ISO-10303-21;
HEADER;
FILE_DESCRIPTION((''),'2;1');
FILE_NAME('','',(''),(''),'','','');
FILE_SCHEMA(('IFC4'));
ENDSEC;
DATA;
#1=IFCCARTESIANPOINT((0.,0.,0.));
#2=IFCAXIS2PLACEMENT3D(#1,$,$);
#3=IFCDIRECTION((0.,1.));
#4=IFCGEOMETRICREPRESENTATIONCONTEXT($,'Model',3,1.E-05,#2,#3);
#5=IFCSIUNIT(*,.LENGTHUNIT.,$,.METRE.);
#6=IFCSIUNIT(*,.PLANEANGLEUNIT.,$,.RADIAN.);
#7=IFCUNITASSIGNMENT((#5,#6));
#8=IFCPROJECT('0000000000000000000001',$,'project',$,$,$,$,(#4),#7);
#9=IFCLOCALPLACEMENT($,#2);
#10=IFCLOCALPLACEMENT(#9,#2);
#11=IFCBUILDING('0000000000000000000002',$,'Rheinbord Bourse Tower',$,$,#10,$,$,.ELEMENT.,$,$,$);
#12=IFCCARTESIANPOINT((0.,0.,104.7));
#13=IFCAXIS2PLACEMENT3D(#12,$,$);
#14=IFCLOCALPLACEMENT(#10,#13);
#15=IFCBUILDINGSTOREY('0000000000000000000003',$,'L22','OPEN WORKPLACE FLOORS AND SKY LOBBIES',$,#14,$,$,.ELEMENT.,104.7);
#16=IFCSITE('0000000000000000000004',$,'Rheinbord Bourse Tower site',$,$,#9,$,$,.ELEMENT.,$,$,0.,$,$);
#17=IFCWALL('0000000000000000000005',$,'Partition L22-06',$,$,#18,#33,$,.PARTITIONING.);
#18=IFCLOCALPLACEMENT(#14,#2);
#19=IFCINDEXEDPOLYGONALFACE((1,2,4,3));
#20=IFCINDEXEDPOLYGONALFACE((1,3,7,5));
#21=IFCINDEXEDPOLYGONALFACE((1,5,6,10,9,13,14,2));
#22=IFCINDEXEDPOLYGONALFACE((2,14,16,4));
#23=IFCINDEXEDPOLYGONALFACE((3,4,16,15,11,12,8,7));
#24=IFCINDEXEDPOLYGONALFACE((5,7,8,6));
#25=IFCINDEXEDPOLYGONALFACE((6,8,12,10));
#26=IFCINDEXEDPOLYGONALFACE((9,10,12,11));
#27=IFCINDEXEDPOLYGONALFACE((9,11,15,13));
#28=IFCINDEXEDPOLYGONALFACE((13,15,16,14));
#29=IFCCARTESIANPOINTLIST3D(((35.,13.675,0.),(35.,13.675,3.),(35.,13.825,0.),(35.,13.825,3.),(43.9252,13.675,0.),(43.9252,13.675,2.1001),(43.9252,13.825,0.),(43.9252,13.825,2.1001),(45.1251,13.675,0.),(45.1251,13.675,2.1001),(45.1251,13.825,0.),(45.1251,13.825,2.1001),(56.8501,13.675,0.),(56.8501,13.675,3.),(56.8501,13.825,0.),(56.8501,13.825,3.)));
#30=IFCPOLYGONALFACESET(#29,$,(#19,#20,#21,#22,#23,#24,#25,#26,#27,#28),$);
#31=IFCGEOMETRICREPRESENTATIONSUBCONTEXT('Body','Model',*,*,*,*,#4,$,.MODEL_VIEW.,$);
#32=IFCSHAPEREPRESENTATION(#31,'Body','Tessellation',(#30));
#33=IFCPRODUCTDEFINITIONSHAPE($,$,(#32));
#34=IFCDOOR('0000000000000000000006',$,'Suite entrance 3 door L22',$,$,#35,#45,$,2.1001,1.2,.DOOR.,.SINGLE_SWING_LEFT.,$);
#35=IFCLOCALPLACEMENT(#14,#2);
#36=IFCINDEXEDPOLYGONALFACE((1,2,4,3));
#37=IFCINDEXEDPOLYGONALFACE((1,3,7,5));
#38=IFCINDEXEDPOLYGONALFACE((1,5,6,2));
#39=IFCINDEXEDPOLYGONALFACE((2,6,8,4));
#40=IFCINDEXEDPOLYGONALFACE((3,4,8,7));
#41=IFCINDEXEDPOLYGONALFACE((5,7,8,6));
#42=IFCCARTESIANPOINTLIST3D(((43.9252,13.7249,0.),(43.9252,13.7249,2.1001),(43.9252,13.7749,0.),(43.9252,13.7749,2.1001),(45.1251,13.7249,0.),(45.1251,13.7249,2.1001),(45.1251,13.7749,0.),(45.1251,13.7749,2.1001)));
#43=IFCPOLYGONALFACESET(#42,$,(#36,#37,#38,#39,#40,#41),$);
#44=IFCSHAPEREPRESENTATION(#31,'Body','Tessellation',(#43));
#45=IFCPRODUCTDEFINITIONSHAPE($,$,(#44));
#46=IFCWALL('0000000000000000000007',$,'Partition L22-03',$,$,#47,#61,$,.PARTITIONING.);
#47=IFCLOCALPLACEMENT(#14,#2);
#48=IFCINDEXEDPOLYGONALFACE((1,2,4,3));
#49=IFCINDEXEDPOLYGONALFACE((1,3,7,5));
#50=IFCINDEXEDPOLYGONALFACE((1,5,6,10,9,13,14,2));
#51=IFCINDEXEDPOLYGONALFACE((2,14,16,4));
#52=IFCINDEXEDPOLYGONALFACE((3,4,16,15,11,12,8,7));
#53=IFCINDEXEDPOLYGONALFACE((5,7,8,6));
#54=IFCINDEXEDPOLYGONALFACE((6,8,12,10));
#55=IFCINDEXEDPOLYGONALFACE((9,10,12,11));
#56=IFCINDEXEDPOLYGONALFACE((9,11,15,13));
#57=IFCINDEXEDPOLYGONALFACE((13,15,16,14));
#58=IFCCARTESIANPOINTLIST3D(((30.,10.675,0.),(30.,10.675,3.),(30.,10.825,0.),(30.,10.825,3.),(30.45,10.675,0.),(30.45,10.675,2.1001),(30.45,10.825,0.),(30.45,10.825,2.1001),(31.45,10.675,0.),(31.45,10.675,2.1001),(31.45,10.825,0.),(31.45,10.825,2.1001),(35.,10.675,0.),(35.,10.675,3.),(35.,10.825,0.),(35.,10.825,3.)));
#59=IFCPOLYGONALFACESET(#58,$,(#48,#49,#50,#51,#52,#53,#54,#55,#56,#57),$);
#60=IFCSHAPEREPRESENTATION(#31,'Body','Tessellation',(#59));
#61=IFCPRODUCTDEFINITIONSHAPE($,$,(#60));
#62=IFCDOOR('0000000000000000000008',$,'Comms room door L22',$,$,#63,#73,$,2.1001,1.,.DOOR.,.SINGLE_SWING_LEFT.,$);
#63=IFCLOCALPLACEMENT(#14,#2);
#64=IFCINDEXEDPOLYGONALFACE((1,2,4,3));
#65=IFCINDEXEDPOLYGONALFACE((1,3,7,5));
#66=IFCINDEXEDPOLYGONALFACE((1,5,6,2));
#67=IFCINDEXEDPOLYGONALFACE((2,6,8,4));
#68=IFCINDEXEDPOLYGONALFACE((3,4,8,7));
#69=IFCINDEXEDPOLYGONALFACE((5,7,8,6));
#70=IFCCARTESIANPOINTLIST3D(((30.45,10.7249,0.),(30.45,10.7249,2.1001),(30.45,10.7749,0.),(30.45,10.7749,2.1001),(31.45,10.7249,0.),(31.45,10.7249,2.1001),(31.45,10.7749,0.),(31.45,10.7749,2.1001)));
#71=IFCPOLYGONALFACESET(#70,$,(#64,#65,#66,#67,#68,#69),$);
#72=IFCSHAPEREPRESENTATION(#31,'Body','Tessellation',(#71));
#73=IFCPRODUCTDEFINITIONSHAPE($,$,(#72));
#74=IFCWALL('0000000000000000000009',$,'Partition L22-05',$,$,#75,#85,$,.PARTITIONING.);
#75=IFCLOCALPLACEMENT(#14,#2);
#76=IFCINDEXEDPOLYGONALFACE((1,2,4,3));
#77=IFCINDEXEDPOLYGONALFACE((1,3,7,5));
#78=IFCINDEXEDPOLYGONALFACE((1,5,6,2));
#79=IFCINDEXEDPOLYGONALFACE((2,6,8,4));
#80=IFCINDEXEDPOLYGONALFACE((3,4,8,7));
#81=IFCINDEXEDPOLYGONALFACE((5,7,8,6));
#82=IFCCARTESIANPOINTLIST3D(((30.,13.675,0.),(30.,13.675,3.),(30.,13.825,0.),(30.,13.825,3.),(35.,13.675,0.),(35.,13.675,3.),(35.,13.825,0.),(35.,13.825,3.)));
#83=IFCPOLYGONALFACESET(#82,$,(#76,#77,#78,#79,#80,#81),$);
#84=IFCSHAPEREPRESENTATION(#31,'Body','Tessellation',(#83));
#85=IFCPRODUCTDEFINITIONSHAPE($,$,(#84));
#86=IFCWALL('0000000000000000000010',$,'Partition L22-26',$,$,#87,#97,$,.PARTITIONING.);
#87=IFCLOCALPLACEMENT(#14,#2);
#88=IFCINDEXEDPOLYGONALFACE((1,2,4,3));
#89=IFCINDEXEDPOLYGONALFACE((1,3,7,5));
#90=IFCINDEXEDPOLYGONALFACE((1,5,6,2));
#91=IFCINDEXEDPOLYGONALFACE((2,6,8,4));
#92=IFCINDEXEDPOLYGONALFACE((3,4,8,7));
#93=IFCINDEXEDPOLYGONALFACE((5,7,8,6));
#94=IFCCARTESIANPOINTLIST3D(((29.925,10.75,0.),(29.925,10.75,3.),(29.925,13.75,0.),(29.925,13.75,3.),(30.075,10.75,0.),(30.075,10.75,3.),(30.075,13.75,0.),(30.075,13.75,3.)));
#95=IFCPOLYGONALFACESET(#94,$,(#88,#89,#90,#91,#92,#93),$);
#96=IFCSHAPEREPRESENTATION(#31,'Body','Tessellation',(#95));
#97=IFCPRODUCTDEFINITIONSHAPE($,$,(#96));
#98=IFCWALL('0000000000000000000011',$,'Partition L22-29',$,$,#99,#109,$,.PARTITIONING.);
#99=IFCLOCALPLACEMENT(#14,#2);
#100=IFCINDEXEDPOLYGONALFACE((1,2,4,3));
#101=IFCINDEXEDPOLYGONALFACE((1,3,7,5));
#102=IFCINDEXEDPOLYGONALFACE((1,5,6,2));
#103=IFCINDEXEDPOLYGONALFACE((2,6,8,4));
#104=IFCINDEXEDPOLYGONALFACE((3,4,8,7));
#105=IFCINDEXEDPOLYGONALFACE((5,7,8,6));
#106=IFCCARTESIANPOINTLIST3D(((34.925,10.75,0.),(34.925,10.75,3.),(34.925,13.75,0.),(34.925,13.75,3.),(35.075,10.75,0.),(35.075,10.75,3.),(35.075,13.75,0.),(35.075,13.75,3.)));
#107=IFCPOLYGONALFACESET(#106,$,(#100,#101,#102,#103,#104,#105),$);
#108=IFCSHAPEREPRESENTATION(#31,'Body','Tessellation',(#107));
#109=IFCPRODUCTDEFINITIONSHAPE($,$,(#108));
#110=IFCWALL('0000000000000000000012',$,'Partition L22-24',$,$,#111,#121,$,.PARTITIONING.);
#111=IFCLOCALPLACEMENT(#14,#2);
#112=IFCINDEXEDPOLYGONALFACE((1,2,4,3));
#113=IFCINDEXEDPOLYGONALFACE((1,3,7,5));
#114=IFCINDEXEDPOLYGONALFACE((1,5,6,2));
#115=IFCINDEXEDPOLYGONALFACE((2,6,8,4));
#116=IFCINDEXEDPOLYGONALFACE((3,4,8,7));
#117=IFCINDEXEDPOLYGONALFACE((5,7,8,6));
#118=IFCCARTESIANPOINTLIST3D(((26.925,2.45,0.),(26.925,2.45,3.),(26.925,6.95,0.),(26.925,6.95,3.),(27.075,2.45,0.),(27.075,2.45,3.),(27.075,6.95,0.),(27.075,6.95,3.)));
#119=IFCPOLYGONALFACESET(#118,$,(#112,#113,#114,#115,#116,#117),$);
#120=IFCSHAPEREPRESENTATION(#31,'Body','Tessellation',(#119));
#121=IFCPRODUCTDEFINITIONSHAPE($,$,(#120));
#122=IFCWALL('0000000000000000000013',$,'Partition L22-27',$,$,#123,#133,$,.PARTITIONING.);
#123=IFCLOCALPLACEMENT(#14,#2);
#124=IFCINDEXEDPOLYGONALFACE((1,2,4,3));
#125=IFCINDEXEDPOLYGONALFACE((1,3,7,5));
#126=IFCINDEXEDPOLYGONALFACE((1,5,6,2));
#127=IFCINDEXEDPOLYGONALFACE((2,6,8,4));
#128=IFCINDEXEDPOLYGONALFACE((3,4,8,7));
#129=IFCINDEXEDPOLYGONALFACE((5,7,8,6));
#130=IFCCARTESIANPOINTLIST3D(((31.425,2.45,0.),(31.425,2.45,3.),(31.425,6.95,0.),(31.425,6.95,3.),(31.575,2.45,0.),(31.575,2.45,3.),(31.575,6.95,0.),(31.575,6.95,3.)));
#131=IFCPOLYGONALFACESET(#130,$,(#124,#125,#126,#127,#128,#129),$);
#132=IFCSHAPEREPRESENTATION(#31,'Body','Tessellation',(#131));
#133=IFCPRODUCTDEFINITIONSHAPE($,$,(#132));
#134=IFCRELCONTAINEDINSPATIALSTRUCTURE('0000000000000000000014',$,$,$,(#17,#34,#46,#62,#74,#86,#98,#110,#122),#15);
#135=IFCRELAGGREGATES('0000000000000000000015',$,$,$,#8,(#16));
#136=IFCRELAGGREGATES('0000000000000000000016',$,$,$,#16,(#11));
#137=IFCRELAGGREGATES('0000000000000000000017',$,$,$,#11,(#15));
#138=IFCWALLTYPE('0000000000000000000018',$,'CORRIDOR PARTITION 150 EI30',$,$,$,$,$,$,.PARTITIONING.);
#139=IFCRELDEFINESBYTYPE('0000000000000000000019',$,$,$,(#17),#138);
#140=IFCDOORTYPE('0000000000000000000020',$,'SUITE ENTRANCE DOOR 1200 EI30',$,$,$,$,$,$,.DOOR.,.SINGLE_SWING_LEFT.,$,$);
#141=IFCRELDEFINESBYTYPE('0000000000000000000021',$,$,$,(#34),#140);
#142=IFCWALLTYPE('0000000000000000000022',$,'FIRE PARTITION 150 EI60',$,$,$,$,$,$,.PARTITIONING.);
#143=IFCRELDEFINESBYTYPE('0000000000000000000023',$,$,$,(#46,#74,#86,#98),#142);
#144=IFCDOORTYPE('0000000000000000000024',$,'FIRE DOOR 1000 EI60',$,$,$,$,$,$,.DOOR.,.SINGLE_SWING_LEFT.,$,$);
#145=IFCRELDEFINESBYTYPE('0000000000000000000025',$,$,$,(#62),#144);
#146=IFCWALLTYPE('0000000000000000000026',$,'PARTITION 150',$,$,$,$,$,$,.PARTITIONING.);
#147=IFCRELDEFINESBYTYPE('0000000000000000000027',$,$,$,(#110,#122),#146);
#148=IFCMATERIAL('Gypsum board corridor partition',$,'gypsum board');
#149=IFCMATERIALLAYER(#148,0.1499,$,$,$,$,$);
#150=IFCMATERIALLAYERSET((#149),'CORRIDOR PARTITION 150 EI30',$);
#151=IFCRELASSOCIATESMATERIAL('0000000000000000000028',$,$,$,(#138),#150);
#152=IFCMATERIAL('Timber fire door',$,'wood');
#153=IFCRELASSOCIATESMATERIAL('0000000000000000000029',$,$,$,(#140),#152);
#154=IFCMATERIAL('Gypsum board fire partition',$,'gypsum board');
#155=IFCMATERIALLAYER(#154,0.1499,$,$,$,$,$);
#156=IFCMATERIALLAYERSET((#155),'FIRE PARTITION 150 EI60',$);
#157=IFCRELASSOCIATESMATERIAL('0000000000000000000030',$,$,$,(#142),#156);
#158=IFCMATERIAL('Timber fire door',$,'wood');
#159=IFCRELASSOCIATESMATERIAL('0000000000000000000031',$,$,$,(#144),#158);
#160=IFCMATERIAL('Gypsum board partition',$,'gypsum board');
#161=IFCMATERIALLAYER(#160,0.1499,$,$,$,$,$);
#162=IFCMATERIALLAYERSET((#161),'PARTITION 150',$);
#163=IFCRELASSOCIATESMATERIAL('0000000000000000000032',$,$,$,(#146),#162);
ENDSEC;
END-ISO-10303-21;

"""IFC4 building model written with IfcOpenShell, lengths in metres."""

from ifc_helpers import new_model, si_unit, direction, frame, frame_2d, origin, place, context, subcontext, project, spatial, rectangle, extrude, material, layer, layer_set, type_object, element, fill, save


model = new_model("IFC4")

# Units and contexts
model_context = context("Model", 3, precision=1e-05, world=origin(), true_north=direction((0.0, 1.0)))
body_context = subcontext(model_context, "Body", "Model", "MODEL_VIEW")
ifc_project = project(units=[si_unit("LENGTHUNIT", "METRE"), si_unit("PLANEANGLEUNIT", "RADIAN")], contexts=[model_context])

# Site, building, storey
site_placement = place(None, origin())
site = spatial("IfcSite", under=ifc_project, at=site_placement, Name="Rheinbord Bourse Tower site", CompositionType="ELEMENT", RefElevation=0.0)
building_placement = place(site_placement, origin())
building = spatial("IfcBuilding", under=site, at=building_placement, Name="Rheinbord Bourse Tower", CompositionType="ELEMENT")
storey_placement = place(building_placement, frame((0.0, 0.0, 104.7)))
storey = spatial("IfcBuildingStorey", under=building, at=storey_placement, Name="L22", Description="OPEN WORKPLACE FLOORS AND SKY LOBBIES", CompositionType="ELEMENT", Elevation=104.7)

# Walls, openings, doors
ifc_material_1 = material(Name="Gypsum board corridor partition", Category="gypsum board")
ifc_layer_1 = layer(ifc_material_1, 0.1499)
ifc_layer_set_1 = layer_set([ifc_layer_1], Name="CORRIDOR PARTITION 150 EI30")
wall_type_1 = type_object("IfcWallType", Name="CORRIDOR PARTITION 150 EI30", PredefinedType="PARTITIONING", material=ifc_layer_set_1)
wall_1_placement = place(storey_placement, frame((35.0, 13.75, 0.0), z_axis=(0.0, 0.0, 1.0), x_axis=(1.0, 0.0, 0.0)))
wall_1 = element("IfcWall", 1, at=wall_1_placement, inside=storey, type_object=wall_type_1, Name="Partition L22-06", PredefinedType="PARTITIONING", context=body_context, shape_type="SweptSolid", body=[
    extrude(rectangle(XDim=21.8501, YDim=0.1499, at=frame_2d((10.925, 0.0))), origin(), (0.0, 0.0, 1.0), 3.0),
])
opening_1_placement = place(wall_1_placement, frame((8.925, 0.0, 0.0)))
opening_1 = element("IfcOpeningElement", 2, at=opening_1_placement, cuts=wall_1, PredefinedType="OPENING", context=body_context, shape_type="SweptSolid", body=[
    extrude(rectangle(XDim=1.2, YDim=2.1001, at=frame_2d((0.6001, 1.05))), frame((0.0, 0.085, 0.0), z_axis=(0.0, -1.0, 0.0), x_axis=(1.0, 0.0, 0.0)), (0.0, 0.0, 1.0), 0.1699),
])
ifc_material_2 = material(Name="Timber fire door", Category="wood")
door_type_1 = type_object("IfcDoorType", Name="SUITE ENTRANCE DOOR 1200 EI30", OperationType="SINGLE_SWING_LEFT", PredefinedType="DOOR", material=ifc_material_2)
door_1_placement = place(opening_1_placement, origin())
door_1 = element("IfcDoor", 3, at=door_1_placement, inside=storey, type_object=door_type_1, Name="Suite entrance 3 door L22", OperationType="SINGLE_SWING_LEFT", OverallHeight=2.1001, OverallWidth=1.2, PredefinedType="DOOR", context=body_context, shape_type="SweptSolid", body=[
    extrude(rectangle(XDim=1.2, YDim=2.1001, at=frame_2d((0.6001, 1.05))), frame((0.0, 0.0249, 0.0), z_axis=(0.0, -1.0, 0.0), x_axis=(1.0, 0.0, 0.0)), (0.0, 0.0, 1.0), 0.05),
])
fill(opening_1, door_1)
ifc_material_3 = material(Name="Gypsum board fire partition", Category="gypsum board")
ifc_layer_2 = layer(ifc_material_3, 0.1499)
ifc_layer_set_2 = layer_set([ifc_layer_2], Name="FIRE PARTITION 150 EI60")
wall_type_2 = type_object("IfcWallType", Name="FIRE PARTITION 150 EI60", PredefinedType="PARTITIONING", material=ifc_layer_set_2)
wall_2_placement = place(storey_placement, frame((30.0, 10.75, 0.0), z_axis=(0.0, 0.0, 1.0), x_axis=(1.0, 0.0, 0.0)))
wall_2 = element("IfcWall", 4, at=wall_2_placement, inside=storey, type_object=wall_type_2, Name="Partition L22-03", PredefinedType="PARTITIONING", context=body_context, shape_type="SweptSolid", body=[
    extrude(rectangle(XDim=5.0, YDim=0.1499, at=frame_2d((2.5, 0.0))), origin(), (0.0, 0.0, 1.0), 3.0),
])
opening_2_placement = place(wall_2_placement, frame((0.45, 0.0, 0.0)))
opening_2 = element("IfcOpeningElement", 5, at=opening_2_placement, cuts=wall_2, PredefinedType="OPENING", context=body_context, shape_type="SweptSolid", body=[
    extrude(rectangle(XDim=1.0, YDim=2.1001, at=frame_2d((0.5, 1.05))), frame((0.0, 0.085, 0.0), z_axis=(0.0, -1.0, 0.0), x_axis=(1.0, 0.0, 0.0)), (0.0, 0.0, 1.0), 0.1699),
])
ifc_material_4 = material(Name="Timber fire door", Category="wood")
door_type_2 = type_object("IfcDoorType", Name="FIRE DOOR 1000 EI60", OperationType="SINGLE_SWING_LEFT", PredefinedType="DOOR", material=ifc_material_4)
door_2_placement = place(opening_2_placement, origin())
door_2 = element("IfcDoor", 6, at=door_2_placement, inside=storey, type_object=door_type_2, Name="Comms room door L22", OperationType="SINGLE_SWING_LEFT", OverallHeight=2.1001, OverallWidth=1.0, PredefinedType="DOOR", context=body_context, shape_type="SweptSolid", body=[
    extrude(rectangle(XDim=1.0, YDim=2.1001, at=frame_2d((0.5, 1.05))), frame((0.0, 0.0249, 0.0), z_axis=(0.0, -1.0, 0.0), x_axis=(1.0, 0.0, 0.0)), (0.0, 0.0, 1.0), 0.05),
])
fill(opening_2, door_2)

# Walls
wall_3_placement = place(storey_placement, frame((30.0, 13.75, 0.0), z_axis=(0.0, 0.0, 1.0), x_axis=(1.0, 0.0, 0.0)))
element("IfcWall", 7, at=wall_3_placement, inside=storey, type_object=wall_type_2, Name="Partition L22-05", PredefinedType="PARTITIONING", context=body_context, shape_type="SweptSolid", body=[
    extrude(rectangle(XDim=5.0, YDim=0.1499, at=frame_2d((2.5, 0.0))), origin(), (0.0, 0.0, 1.0), 3.0),
])
for number, where, z_axis, x_axis, name in (
    (8, (30.0, 10.75, 0.0), (0.0, 0.0, 1.0), (0.0, 1.0, 0.0), "Partition L22-26"),
    (9, (35.0, 10.75, 0.0), (0.0, 0.0, 1.0), (0.0, 1.0, 0.0), "Partition L22-29"),
):
    element("IfcWall", number, at=place(storey_placement, frame(where, z_axis=z_axis, x_axis=x_axis)), inside=storey, type_object=wall_type_2, Name=name, PredefinedType="PARTITIONING", context=body_context, shape_type="SweptSolid", body=[
        extrude(rectangle(XDim=3.0, YDim=0.1499, at=frame_2d((1.5, 0.0))), origin(), (0.0, 0.0, 1.0), 3.0),
    ])
ifc_material_5 = material(Name="Gypsum board partition", Category="gypsum board")
ifc_layer_3 = layer(ifc_material_5, 0.1499)
ifc_layer_set_3 = layer_set([ifc_layer_3], Name="PARTITION 150")
wall_type_3 = type_object("IfcWallType", Name="PARTITION 150", PredefinedType="PARTITIONING", material=ifc_layer_set_3)
for number, where, z_axis, x_axis, name in (
    (10, (27.0, 2.45, 0.0), (0.0, 0.0, 1.0), (0.0, 1.0, 0.0), "Partition L22-24"),
    (11, (31.5, 2.45, 0.0), (0.0, 0.0, 1.0), (0.0, 1.0, 0.0), "Partition L22-27"),
):
    element("IfcWall", number, at=place(storey_placement, frame(where, z_axis=z_axis, x_axis=x_axis)), inside=storey, type_object=wall_type_3, Name=name, PredefinedType="PARTITIONING", context=body_context, shape_type="SweptSolid", body=[
        extrude(rectangle(XDim=4.5, YDim=0.1499, at=frame_2d((2.25, 0.0))), origin(), (0.0, 0.0, 1.0), 3.0),
    ])

save(model, "model.ifc")
